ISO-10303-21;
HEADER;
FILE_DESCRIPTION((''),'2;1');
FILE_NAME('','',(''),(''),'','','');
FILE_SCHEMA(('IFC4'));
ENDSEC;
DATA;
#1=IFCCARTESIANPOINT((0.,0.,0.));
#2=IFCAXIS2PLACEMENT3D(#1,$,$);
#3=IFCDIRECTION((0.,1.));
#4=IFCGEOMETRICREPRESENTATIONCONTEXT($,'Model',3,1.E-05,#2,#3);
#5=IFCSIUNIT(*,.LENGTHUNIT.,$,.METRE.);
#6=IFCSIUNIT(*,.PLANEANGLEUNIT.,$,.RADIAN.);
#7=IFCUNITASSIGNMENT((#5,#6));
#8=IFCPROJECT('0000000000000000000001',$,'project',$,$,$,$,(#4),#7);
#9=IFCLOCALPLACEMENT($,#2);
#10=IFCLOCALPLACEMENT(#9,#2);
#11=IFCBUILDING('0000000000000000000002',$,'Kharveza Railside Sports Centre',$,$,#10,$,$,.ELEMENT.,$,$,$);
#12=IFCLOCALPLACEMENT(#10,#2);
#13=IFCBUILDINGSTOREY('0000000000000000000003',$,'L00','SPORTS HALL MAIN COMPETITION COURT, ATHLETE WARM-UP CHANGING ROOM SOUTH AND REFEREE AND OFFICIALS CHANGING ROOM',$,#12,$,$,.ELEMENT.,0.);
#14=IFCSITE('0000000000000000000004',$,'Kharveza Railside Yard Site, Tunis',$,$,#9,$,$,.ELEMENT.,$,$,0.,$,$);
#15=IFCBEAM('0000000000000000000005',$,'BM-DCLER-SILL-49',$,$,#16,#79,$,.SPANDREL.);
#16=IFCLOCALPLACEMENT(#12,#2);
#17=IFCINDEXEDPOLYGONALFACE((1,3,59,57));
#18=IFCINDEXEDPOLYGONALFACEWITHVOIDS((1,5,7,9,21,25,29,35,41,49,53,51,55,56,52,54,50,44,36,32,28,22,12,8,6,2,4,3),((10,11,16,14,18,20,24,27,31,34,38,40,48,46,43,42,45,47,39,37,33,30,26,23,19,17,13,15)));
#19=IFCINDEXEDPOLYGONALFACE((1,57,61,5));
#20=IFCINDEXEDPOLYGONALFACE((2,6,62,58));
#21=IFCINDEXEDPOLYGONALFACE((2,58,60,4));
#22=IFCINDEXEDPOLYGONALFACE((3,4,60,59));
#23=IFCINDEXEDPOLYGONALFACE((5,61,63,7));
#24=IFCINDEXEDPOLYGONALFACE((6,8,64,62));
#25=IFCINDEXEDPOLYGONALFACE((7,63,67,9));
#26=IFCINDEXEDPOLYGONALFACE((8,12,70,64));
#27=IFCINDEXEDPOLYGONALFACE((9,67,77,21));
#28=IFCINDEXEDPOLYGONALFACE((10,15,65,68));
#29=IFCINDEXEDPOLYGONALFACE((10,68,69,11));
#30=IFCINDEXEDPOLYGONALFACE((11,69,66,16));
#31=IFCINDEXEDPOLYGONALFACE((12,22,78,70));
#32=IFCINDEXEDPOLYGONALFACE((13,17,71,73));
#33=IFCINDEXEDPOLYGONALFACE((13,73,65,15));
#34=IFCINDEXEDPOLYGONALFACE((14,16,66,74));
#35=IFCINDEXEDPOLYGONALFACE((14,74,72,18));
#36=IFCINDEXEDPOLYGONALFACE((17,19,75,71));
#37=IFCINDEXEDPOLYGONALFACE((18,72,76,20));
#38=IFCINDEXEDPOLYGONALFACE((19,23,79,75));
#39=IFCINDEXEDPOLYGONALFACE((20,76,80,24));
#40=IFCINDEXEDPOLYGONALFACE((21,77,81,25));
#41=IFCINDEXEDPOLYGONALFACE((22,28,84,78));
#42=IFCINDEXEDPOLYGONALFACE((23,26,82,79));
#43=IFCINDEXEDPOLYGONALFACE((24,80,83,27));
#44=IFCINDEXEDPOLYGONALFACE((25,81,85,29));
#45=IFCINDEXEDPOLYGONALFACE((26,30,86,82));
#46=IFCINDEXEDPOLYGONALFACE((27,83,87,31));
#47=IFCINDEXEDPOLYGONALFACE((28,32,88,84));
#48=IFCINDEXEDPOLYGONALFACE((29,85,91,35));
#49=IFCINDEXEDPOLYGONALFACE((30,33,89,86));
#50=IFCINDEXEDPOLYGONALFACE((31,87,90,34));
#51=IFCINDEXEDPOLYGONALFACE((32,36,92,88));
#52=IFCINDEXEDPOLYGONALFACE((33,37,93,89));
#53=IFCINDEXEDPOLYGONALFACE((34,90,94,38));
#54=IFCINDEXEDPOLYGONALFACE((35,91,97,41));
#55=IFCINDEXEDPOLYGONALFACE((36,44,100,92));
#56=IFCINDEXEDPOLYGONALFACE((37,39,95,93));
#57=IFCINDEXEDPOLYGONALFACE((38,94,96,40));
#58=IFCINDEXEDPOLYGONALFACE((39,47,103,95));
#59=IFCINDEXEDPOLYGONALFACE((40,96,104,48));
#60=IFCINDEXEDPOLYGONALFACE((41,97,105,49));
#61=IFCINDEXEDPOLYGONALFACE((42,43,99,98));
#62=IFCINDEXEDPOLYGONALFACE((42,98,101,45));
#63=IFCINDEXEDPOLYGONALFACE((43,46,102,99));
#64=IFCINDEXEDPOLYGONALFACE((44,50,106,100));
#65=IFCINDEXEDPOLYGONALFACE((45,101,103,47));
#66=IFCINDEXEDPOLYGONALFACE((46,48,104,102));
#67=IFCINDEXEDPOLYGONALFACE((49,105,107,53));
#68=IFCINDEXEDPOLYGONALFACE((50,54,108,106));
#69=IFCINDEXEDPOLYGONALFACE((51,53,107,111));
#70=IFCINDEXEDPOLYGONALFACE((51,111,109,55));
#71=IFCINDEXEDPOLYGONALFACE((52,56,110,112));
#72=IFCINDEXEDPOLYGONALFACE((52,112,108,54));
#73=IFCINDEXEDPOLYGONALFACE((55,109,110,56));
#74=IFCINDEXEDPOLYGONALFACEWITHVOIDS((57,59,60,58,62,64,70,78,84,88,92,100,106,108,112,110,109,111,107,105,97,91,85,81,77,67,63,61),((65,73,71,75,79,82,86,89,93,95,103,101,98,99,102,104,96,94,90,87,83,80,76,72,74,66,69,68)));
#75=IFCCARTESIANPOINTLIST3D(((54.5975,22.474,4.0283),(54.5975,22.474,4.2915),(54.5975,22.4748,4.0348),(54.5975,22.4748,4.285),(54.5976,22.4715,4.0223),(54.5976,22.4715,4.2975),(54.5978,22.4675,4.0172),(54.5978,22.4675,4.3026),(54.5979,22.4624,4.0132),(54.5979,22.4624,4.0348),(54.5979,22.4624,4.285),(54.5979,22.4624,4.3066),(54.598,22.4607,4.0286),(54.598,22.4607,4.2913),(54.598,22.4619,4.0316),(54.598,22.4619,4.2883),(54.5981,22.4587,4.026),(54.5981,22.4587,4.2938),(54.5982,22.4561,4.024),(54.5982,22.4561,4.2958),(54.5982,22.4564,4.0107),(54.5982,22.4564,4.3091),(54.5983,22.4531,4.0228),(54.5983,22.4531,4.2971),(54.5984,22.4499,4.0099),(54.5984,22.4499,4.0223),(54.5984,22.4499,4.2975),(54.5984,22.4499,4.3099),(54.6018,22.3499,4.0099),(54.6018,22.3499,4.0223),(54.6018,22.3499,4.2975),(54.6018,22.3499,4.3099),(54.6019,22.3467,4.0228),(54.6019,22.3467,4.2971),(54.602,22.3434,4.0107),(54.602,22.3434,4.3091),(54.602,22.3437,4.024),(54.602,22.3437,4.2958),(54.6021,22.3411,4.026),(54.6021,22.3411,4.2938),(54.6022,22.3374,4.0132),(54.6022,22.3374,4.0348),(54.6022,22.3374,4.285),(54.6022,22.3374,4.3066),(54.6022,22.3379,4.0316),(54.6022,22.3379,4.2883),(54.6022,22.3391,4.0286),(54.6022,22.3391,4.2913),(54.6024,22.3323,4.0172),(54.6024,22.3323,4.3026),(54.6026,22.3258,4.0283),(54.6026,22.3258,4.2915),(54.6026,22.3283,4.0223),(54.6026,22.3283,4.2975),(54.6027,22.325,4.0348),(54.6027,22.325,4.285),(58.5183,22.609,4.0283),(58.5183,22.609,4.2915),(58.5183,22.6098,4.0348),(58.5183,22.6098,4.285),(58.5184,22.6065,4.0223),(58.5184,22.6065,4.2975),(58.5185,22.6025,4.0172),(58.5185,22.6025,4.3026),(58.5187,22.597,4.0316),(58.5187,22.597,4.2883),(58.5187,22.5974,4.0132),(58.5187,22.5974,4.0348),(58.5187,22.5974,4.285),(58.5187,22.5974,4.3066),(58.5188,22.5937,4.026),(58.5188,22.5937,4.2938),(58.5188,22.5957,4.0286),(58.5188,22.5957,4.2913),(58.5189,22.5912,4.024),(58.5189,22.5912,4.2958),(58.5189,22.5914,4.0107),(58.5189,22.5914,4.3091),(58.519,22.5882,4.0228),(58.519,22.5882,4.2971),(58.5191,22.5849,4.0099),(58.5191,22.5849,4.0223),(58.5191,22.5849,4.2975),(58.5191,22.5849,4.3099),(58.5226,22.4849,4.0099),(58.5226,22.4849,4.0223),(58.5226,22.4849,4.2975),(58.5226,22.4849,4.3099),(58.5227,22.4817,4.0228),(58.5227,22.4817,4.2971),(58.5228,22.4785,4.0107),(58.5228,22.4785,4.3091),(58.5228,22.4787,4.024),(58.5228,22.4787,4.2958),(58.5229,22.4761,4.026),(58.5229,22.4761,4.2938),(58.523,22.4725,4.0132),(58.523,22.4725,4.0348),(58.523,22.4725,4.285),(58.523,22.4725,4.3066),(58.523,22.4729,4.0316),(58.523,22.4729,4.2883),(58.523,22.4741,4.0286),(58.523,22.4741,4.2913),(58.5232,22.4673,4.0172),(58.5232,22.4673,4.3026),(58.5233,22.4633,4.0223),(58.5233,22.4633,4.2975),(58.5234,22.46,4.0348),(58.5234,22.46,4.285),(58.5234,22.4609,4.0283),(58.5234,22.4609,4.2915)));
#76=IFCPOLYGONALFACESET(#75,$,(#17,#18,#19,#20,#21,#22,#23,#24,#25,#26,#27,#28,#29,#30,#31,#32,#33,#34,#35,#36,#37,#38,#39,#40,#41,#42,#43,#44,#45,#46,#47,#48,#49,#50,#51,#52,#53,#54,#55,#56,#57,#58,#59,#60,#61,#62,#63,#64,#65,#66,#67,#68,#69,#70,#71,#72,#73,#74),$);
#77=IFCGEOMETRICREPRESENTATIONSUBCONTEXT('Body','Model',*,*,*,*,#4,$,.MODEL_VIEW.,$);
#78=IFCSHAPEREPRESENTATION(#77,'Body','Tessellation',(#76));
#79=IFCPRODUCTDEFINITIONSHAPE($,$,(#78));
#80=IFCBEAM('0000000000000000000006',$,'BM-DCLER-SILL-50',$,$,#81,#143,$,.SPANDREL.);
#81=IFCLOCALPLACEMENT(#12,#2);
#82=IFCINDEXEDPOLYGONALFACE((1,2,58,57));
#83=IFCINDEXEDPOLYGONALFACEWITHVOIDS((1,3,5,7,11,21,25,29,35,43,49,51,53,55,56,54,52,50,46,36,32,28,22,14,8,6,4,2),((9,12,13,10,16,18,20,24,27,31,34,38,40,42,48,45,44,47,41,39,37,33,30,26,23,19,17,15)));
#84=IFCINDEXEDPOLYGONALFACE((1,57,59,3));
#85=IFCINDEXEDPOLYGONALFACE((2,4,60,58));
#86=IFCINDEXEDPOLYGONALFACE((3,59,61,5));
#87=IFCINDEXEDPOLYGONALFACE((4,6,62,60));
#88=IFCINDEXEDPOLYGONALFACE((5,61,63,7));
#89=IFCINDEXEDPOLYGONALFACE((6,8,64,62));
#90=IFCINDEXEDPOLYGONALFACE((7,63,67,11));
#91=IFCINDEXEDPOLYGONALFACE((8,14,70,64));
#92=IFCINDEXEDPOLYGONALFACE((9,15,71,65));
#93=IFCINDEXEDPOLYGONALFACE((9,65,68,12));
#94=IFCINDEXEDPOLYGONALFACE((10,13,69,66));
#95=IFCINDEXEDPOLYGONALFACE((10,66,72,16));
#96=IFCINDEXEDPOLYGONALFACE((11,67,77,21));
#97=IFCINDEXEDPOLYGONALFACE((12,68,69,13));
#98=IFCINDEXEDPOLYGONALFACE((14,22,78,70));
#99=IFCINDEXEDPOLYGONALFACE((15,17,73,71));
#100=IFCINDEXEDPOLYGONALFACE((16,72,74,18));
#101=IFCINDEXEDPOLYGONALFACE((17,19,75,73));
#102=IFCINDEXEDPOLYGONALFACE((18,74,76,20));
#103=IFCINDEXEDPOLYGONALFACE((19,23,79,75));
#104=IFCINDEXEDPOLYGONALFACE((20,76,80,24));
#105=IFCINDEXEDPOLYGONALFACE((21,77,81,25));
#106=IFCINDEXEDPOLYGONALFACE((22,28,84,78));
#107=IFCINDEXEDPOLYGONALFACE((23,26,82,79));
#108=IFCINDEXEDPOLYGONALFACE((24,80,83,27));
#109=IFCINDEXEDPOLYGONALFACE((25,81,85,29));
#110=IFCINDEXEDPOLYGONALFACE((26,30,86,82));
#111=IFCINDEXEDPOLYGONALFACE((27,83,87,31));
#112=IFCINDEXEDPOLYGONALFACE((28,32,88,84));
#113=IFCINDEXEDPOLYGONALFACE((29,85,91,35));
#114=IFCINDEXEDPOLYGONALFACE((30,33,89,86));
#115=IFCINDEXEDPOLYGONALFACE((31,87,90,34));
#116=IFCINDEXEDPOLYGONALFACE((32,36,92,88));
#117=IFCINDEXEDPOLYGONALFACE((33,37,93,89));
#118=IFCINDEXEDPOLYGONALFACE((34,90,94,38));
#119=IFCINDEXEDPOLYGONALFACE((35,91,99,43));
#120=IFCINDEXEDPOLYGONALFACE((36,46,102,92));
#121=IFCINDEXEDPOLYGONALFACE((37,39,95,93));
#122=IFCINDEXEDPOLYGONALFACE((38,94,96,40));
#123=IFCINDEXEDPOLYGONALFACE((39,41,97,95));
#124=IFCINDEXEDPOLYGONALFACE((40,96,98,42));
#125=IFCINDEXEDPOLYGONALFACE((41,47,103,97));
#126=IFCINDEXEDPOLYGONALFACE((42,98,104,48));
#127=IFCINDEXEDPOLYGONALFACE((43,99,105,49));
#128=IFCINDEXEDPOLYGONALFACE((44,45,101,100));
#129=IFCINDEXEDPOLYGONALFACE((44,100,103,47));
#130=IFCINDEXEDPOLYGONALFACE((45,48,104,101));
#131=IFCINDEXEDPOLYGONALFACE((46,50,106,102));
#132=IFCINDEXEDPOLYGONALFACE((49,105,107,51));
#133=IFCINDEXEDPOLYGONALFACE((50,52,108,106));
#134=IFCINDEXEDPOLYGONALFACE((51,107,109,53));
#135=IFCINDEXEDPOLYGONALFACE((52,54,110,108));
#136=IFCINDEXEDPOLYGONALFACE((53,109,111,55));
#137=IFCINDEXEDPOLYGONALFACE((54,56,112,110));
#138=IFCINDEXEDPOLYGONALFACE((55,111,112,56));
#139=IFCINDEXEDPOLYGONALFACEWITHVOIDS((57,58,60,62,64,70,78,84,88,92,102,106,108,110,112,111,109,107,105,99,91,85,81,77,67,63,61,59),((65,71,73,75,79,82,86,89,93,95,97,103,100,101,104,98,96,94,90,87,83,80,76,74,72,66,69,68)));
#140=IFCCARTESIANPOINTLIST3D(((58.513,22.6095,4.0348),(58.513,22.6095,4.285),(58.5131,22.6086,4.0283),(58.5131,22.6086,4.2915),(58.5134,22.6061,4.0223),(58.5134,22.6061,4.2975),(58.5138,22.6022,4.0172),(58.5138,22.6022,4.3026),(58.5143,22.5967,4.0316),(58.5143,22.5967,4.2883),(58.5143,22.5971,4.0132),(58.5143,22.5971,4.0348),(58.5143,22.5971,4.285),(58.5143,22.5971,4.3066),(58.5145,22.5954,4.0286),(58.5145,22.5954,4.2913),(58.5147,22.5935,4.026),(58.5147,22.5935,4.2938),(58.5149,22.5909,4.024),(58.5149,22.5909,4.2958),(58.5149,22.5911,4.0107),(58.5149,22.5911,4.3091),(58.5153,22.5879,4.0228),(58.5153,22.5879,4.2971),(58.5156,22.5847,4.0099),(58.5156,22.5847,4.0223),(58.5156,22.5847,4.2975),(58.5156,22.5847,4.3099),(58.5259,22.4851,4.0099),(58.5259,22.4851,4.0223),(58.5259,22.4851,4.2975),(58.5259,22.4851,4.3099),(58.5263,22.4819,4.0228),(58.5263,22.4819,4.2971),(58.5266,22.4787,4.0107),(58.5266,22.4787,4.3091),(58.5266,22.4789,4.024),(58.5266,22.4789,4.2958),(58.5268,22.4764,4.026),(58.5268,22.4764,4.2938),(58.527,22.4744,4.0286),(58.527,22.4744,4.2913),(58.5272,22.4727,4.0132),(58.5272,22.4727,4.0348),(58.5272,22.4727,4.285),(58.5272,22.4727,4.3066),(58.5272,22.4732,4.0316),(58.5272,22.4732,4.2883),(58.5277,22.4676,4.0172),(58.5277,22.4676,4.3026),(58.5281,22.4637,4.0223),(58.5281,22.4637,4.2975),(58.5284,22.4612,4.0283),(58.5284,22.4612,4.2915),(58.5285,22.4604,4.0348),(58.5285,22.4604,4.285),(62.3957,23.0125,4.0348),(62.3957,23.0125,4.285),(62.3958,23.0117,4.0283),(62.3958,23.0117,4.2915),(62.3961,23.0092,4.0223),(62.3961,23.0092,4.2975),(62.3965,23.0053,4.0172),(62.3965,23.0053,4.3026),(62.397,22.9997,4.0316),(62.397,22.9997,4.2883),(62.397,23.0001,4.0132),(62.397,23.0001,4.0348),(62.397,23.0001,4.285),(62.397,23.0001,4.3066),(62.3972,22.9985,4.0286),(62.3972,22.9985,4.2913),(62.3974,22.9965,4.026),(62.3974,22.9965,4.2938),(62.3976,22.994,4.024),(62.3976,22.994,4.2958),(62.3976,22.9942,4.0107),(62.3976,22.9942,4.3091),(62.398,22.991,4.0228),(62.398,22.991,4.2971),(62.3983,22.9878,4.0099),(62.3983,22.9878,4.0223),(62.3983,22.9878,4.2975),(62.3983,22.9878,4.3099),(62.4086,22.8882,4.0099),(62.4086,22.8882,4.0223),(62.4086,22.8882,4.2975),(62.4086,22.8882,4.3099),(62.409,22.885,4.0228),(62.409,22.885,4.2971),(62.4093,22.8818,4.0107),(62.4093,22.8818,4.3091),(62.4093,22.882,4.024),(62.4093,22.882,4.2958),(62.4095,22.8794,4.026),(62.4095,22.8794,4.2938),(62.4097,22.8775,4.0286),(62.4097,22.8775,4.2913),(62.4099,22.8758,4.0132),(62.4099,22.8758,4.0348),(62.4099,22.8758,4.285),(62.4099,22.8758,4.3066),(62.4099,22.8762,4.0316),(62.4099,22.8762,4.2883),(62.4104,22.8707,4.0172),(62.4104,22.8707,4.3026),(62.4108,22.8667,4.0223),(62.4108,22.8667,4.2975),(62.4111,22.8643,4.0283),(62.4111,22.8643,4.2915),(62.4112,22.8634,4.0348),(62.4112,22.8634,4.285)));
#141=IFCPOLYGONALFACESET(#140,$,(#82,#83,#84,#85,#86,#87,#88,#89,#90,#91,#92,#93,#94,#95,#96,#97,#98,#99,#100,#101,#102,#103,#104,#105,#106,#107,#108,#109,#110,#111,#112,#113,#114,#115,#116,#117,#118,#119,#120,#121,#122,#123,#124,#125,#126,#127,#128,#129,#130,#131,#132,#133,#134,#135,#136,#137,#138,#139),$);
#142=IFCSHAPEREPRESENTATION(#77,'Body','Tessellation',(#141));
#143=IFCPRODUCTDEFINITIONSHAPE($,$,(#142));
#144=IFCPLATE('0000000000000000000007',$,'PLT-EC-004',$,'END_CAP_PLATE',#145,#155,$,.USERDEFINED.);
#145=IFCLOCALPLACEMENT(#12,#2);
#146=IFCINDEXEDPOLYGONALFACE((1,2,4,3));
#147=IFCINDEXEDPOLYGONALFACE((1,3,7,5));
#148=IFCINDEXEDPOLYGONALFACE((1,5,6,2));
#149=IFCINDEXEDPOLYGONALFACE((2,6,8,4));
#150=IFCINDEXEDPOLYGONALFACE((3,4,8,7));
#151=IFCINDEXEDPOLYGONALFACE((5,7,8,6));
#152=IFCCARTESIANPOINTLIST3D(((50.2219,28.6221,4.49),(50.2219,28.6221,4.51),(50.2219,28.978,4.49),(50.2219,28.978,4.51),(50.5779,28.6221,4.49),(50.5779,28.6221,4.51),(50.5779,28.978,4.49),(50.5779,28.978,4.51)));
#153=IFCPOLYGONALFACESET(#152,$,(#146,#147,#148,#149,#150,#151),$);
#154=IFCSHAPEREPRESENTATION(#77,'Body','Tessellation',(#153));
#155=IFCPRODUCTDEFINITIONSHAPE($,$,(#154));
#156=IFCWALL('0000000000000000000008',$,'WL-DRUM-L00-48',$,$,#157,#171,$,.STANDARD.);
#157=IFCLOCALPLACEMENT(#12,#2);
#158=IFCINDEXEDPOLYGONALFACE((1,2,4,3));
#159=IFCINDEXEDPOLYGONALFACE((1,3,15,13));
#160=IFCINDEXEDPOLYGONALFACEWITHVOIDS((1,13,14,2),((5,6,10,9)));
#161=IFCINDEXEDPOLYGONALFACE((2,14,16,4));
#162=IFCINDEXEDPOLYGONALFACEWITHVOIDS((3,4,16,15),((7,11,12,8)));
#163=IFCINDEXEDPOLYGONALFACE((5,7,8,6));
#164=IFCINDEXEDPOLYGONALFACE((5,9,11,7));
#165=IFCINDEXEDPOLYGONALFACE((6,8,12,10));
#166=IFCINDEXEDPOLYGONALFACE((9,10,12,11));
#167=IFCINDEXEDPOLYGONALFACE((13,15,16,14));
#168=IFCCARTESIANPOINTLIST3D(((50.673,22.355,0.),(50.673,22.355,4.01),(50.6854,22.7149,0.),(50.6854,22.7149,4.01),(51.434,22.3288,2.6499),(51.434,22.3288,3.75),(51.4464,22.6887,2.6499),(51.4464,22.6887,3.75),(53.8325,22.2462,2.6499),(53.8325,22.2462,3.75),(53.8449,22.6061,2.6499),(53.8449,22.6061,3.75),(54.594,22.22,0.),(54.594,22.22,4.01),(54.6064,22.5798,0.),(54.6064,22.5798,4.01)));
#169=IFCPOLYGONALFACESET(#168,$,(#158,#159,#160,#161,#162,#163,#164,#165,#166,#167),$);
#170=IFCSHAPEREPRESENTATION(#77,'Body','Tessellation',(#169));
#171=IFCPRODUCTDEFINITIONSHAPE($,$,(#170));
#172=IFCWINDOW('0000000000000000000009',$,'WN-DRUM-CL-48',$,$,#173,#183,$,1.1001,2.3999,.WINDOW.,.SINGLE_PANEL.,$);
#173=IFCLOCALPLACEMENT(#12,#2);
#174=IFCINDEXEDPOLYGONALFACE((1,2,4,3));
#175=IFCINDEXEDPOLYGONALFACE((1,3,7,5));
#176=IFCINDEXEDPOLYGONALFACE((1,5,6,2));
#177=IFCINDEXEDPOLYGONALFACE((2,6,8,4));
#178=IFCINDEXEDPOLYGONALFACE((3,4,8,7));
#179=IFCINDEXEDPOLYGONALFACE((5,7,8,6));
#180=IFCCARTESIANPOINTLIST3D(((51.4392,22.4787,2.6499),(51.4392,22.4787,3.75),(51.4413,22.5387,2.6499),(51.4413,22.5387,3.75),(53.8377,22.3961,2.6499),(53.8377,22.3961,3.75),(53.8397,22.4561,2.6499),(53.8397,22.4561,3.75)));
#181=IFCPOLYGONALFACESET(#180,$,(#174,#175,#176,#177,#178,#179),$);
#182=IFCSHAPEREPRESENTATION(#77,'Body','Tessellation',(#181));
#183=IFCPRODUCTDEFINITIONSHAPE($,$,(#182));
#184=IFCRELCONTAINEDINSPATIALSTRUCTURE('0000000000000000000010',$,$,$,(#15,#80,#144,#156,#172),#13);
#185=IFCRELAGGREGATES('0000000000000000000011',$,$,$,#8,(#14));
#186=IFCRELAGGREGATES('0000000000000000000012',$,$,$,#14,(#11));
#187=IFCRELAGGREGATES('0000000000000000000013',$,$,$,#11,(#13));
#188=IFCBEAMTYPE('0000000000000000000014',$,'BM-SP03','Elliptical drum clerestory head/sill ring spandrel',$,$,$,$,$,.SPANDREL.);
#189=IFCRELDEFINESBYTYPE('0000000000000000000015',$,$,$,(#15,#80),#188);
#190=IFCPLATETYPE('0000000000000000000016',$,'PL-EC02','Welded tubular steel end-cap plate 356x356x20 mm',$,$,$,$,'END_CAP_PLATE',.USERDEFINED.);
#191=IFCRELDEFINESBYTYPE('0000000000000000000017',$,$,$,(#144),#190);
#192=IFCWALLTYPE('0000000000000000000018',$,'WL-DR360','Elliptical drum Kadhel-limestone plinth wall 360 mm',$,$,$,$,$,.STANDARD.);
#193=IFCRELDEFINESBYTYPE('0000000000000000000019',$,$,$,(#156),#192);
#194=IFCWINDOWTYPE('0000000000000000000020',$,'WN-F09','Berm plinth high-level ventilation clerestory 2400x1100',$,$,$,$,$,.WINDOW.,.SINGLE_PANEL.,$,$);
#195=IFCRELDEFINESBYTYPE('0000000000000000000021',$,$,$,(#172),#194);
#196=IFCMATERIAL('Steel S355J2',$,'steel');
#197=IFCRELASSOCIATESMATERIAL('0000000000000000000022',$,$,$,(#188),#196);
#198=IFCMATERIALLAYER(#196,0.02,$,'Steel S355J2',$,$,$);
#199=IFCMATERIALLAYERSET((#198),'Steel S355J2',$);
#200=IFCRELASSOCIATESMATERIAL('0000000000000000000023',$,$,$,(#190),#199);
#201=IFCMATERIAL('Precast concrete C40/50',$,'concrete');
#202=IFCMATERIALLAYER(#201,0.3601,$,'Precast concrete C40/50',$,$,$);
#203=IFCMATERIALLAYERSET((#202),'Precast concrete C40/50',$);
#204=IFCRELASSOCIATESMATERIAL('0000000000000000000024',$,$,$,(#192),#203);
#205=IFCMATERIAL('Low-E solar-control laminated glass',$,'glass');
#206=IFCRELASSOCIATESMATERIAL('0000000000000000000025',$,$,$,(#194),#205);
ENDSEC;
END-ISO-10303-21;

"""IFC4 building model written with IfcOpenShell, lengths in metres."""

from ifc_helpers import new_model, si_unit, direction, frame, frame_2d, origin, origin_2d, place, context, subcontext, project, spatial, rectangle, hollow_rectangle, extrude, material, layer, layer_set, material_profile, profile_set, type_object, element, fill, save


model = new_model("IFC4")

# Units and contexts
model_context = context("Model", 3, precision=1e-05, world=origin(), true_north=direction((0.0, 1.0)))
body_context = subcontext(model_context, "Body", "Model", "MODEL_VIEW")
ifc_project = project(units=[si_unit("LENGTHUNIT", "METRE"), si_unit("PLANEANGLEUNIT", "RADIAN")], contexts=[model_context])

# Site, building, storey
site_placement = place(None, origin())
site = spatial("IfcSite", under=ifc_project, at=site_placement, Name="Kharveza Railside Yard Site, Tunis", CompositionType="ELEMENT", RefElevation=0.0)
building_placement = place(site_placement, origin())
building = spatial("IfcBuilding", under=site, at=building_placement, Name="Kharveza Railside Sports Centre", CompositionType="ELEMENT")
storey_placement = place(building_placement, origin())
storey = spatial("IfcBuildingStorey", under=building, at=storey_placement, Name="L00", Description="SPORTS HALL MAIN COMPETITION COURT, ATHLETE WARM-UP CHANGING ROOM SOUTH AND REFEREE AND OFFICIALS CHANGING ROOM", CompositionType="ELEMENT", Elevation=0.0)

# Shared definitions
ifc_material_1 = material(Name="Steel S355J2", Category="steel")

# Beams
ifc_material_profile_1 = material_profile(ifc_material_1, hollow_rectangle(XDim=0.1499, YDim=0.3, WallThickness=0.0125, InnerFilletRadius=0.0125, OuterFilletRadius=0.0249, at=origin_2d()), Name="RHS 150x300x12.5")
ifc_profile_set_1 = profile_set([ifc_material_profile_1], Name="Steel S355J2")
beam_type_1 = type_object("IfcBeamType", Name="BM-SP03", Description="Elliptical drum clerestory head/sill ring spandrel", PredefinedType="SPANDREL", material=ifc_profile_set_1)
beam_1_placement = place(storey_placement, frame((54.6001, 22.3999, 4.1599), z_axis=(0.999408, 0.034415, 0.0), x_axis=(-0.034415, 0.999408, 0.0)))
element("IfcBeam", 1, at=beam_1_placement, inside=storey, type_object=beam_type_1, Name="BM-DCLER-SILL-49", PredefinedType="SPANDREL", context=body_context, shape_type="SweptSolid", body=[
    extrude(hollow_rectangle(XDim=0.1499, YDim=0.3, WallThickness=0.0125, InnerFilletRadius=0.0125, OuterFilletRadius=0.0249, at=origin_2d()), origin(), (0.0, 0.0, 1.0), 3.9231),
])
beam_2_placement = place(storey_placement, frame((58.5208, 22.5349, 4.1599), z_axis=(0.994655, 0.103255, 0.0), x_axis=(-0.103255, 0.994655, 0.0)))
element("IfcBeam", 2, at=beam_2_placement, inside=storey, type_object=beam_type_1, Name="BM-DCLER-SILL-50", PredefinedType="SPANDREL", context=body_context, shape_type="SweptSolid", body=[
    extrude(hollow_rectangle(XDim=0.1499, YDim=0.3, WallThickness=0.0125, InnerFilletRadius=0.0125, OuterFilletRadius=0.0249, at=origin_2d()), origin(), (0.0, 0.0, 1.0), 3.9036),
])

# Plate
ifc_layer_1 = layer(ifc_material_1, 0.02, Name="Steel S355J2")
ifc_layer_set_1 = layer_set([ifc_layer_1], Name="Steel S355J2")
plate_type = type_object("IfcPlateType", Name="PL-EC02", Description="Welded tubular steel end-cap plate 356x356x20 mm", ElementType="END_CAP_PLATE", PredefinedType="USERDEFINED", material=ifc_layer_set_1)
plate_placement = place(storey_placement, frame((50.3999, 28.8, 4.49), z_axis=(0.0, 0.0, 1.0), x_axis=(1.0, 0.0, 0.0)))
element("IfcPlate", 3, at=plate_placement, inside=storey, type_object=plate_type, Name="PLT-EC-004", ObjectType="END_CAP_PLATE", PredefinedType="USERDEFINED", context=body_context, shape_type="SweptSolid", body=[
    extrude(rectangle(XDim=0.356, YDim=0.356, at=origin_2d()), origin(), (0.0, 0.0, 1.0), 0.02),
])

# Wall, opening, window
ifc_material_2 = material(Name="Precast concrete C40/50", Category="concrete")
ifc_layer_2 = layer(ifc_material_2, 0.3601, Name="Precast concrete C40/50")
ifc_layer_set_2 = layer_set([ifc_layer_2], Name="Precast concrete C40/50")
wall_type_1 = type_object("IfcWallType", Name="WL-DR360", Description="Elliptical drum Kadhel-limestone plinth wall 360 mm", PredefinedType="STANDARD", material=ifc_layer_set_2)
wall_1_placement = place(storey_placement, frame((50.6792, 22.5349, 0.0), z_axis=(0.0, 0.0, 1.0), x_axis=(0.999408, -0.034413, 0.0)))
wall_1 = element("IfcWall", 4, at=wall_1_placement, inside=storey, type_object=wall_type_1, Name="WL-DRUM-L00-48", PredefinedType="STANDARD", context=body_context, shape_type="SweptSolid", body=[
    extrude(rectangle(XDim=3.9233, YDim=0.3601, at=frame_2d((1.9617, 0.0))), origin(), (0.0, 0.0, 1.0), 4.01),
])
opening_1_placement = place(wall_1_placement, frame((0.7615, 0.0, 2.6499)))
opening_1 = element("IfcOpeningElement", 5, at=opening_1_placement, cuts=wall_1, PredefinedType="OPENING", context=body_context, shape_type="SweptSolid", body=[
    extrude(rectangle(XDim=2.3999, YDim=1.1001, at=frame_2d((1.2, 0.55))), frame((0.0, 0.2051, 0.0), z_axis=(0.0, -1.0, 0.0), x_axis=(1.0, 0.0, 0.0)), (0.0, 0.0, 1.0), 0.4099),
])
ifc_material_3 = material(Name="Low-E solar-control laminated glass", Category="glass")
window_type = type_object("IfcWindowType", Name="WN-F09", Description="Berm plinth high-level ventilation clerestory 2400x1100", PartitioningType="SINGLE_PANEL", PredefinedType="WINDOW", material=ifc_material_3)
window_1_placement = place(opening_1_placement, origin())
window_1 = element("IfcWindow", 6, at=window_1_placement, inside=storey, type_object=window_type, Name="WN-DRUM-CL-48", OverallHeight=1.1001, OverallWidth=2.3999, PartitioningType="SINGLE_PANEL", PredefinedType="WINDOW", context=body_context, shape_type="SweptSolid", body=[
    extrude(rectangle(XDim=2.3999, YDim=1.1001, at=frame_2d((1.2, 0.55))), frame((0.0, 0.03, 0.0), z_axis=(0.0, -1.0, 0.0), x_axis=(1.0, 0.0, 0.0)), (0.0, 0.0, 1.0), 0.0601),
])
fill(opening_1, window_1)

save(model, "model.ifc")
